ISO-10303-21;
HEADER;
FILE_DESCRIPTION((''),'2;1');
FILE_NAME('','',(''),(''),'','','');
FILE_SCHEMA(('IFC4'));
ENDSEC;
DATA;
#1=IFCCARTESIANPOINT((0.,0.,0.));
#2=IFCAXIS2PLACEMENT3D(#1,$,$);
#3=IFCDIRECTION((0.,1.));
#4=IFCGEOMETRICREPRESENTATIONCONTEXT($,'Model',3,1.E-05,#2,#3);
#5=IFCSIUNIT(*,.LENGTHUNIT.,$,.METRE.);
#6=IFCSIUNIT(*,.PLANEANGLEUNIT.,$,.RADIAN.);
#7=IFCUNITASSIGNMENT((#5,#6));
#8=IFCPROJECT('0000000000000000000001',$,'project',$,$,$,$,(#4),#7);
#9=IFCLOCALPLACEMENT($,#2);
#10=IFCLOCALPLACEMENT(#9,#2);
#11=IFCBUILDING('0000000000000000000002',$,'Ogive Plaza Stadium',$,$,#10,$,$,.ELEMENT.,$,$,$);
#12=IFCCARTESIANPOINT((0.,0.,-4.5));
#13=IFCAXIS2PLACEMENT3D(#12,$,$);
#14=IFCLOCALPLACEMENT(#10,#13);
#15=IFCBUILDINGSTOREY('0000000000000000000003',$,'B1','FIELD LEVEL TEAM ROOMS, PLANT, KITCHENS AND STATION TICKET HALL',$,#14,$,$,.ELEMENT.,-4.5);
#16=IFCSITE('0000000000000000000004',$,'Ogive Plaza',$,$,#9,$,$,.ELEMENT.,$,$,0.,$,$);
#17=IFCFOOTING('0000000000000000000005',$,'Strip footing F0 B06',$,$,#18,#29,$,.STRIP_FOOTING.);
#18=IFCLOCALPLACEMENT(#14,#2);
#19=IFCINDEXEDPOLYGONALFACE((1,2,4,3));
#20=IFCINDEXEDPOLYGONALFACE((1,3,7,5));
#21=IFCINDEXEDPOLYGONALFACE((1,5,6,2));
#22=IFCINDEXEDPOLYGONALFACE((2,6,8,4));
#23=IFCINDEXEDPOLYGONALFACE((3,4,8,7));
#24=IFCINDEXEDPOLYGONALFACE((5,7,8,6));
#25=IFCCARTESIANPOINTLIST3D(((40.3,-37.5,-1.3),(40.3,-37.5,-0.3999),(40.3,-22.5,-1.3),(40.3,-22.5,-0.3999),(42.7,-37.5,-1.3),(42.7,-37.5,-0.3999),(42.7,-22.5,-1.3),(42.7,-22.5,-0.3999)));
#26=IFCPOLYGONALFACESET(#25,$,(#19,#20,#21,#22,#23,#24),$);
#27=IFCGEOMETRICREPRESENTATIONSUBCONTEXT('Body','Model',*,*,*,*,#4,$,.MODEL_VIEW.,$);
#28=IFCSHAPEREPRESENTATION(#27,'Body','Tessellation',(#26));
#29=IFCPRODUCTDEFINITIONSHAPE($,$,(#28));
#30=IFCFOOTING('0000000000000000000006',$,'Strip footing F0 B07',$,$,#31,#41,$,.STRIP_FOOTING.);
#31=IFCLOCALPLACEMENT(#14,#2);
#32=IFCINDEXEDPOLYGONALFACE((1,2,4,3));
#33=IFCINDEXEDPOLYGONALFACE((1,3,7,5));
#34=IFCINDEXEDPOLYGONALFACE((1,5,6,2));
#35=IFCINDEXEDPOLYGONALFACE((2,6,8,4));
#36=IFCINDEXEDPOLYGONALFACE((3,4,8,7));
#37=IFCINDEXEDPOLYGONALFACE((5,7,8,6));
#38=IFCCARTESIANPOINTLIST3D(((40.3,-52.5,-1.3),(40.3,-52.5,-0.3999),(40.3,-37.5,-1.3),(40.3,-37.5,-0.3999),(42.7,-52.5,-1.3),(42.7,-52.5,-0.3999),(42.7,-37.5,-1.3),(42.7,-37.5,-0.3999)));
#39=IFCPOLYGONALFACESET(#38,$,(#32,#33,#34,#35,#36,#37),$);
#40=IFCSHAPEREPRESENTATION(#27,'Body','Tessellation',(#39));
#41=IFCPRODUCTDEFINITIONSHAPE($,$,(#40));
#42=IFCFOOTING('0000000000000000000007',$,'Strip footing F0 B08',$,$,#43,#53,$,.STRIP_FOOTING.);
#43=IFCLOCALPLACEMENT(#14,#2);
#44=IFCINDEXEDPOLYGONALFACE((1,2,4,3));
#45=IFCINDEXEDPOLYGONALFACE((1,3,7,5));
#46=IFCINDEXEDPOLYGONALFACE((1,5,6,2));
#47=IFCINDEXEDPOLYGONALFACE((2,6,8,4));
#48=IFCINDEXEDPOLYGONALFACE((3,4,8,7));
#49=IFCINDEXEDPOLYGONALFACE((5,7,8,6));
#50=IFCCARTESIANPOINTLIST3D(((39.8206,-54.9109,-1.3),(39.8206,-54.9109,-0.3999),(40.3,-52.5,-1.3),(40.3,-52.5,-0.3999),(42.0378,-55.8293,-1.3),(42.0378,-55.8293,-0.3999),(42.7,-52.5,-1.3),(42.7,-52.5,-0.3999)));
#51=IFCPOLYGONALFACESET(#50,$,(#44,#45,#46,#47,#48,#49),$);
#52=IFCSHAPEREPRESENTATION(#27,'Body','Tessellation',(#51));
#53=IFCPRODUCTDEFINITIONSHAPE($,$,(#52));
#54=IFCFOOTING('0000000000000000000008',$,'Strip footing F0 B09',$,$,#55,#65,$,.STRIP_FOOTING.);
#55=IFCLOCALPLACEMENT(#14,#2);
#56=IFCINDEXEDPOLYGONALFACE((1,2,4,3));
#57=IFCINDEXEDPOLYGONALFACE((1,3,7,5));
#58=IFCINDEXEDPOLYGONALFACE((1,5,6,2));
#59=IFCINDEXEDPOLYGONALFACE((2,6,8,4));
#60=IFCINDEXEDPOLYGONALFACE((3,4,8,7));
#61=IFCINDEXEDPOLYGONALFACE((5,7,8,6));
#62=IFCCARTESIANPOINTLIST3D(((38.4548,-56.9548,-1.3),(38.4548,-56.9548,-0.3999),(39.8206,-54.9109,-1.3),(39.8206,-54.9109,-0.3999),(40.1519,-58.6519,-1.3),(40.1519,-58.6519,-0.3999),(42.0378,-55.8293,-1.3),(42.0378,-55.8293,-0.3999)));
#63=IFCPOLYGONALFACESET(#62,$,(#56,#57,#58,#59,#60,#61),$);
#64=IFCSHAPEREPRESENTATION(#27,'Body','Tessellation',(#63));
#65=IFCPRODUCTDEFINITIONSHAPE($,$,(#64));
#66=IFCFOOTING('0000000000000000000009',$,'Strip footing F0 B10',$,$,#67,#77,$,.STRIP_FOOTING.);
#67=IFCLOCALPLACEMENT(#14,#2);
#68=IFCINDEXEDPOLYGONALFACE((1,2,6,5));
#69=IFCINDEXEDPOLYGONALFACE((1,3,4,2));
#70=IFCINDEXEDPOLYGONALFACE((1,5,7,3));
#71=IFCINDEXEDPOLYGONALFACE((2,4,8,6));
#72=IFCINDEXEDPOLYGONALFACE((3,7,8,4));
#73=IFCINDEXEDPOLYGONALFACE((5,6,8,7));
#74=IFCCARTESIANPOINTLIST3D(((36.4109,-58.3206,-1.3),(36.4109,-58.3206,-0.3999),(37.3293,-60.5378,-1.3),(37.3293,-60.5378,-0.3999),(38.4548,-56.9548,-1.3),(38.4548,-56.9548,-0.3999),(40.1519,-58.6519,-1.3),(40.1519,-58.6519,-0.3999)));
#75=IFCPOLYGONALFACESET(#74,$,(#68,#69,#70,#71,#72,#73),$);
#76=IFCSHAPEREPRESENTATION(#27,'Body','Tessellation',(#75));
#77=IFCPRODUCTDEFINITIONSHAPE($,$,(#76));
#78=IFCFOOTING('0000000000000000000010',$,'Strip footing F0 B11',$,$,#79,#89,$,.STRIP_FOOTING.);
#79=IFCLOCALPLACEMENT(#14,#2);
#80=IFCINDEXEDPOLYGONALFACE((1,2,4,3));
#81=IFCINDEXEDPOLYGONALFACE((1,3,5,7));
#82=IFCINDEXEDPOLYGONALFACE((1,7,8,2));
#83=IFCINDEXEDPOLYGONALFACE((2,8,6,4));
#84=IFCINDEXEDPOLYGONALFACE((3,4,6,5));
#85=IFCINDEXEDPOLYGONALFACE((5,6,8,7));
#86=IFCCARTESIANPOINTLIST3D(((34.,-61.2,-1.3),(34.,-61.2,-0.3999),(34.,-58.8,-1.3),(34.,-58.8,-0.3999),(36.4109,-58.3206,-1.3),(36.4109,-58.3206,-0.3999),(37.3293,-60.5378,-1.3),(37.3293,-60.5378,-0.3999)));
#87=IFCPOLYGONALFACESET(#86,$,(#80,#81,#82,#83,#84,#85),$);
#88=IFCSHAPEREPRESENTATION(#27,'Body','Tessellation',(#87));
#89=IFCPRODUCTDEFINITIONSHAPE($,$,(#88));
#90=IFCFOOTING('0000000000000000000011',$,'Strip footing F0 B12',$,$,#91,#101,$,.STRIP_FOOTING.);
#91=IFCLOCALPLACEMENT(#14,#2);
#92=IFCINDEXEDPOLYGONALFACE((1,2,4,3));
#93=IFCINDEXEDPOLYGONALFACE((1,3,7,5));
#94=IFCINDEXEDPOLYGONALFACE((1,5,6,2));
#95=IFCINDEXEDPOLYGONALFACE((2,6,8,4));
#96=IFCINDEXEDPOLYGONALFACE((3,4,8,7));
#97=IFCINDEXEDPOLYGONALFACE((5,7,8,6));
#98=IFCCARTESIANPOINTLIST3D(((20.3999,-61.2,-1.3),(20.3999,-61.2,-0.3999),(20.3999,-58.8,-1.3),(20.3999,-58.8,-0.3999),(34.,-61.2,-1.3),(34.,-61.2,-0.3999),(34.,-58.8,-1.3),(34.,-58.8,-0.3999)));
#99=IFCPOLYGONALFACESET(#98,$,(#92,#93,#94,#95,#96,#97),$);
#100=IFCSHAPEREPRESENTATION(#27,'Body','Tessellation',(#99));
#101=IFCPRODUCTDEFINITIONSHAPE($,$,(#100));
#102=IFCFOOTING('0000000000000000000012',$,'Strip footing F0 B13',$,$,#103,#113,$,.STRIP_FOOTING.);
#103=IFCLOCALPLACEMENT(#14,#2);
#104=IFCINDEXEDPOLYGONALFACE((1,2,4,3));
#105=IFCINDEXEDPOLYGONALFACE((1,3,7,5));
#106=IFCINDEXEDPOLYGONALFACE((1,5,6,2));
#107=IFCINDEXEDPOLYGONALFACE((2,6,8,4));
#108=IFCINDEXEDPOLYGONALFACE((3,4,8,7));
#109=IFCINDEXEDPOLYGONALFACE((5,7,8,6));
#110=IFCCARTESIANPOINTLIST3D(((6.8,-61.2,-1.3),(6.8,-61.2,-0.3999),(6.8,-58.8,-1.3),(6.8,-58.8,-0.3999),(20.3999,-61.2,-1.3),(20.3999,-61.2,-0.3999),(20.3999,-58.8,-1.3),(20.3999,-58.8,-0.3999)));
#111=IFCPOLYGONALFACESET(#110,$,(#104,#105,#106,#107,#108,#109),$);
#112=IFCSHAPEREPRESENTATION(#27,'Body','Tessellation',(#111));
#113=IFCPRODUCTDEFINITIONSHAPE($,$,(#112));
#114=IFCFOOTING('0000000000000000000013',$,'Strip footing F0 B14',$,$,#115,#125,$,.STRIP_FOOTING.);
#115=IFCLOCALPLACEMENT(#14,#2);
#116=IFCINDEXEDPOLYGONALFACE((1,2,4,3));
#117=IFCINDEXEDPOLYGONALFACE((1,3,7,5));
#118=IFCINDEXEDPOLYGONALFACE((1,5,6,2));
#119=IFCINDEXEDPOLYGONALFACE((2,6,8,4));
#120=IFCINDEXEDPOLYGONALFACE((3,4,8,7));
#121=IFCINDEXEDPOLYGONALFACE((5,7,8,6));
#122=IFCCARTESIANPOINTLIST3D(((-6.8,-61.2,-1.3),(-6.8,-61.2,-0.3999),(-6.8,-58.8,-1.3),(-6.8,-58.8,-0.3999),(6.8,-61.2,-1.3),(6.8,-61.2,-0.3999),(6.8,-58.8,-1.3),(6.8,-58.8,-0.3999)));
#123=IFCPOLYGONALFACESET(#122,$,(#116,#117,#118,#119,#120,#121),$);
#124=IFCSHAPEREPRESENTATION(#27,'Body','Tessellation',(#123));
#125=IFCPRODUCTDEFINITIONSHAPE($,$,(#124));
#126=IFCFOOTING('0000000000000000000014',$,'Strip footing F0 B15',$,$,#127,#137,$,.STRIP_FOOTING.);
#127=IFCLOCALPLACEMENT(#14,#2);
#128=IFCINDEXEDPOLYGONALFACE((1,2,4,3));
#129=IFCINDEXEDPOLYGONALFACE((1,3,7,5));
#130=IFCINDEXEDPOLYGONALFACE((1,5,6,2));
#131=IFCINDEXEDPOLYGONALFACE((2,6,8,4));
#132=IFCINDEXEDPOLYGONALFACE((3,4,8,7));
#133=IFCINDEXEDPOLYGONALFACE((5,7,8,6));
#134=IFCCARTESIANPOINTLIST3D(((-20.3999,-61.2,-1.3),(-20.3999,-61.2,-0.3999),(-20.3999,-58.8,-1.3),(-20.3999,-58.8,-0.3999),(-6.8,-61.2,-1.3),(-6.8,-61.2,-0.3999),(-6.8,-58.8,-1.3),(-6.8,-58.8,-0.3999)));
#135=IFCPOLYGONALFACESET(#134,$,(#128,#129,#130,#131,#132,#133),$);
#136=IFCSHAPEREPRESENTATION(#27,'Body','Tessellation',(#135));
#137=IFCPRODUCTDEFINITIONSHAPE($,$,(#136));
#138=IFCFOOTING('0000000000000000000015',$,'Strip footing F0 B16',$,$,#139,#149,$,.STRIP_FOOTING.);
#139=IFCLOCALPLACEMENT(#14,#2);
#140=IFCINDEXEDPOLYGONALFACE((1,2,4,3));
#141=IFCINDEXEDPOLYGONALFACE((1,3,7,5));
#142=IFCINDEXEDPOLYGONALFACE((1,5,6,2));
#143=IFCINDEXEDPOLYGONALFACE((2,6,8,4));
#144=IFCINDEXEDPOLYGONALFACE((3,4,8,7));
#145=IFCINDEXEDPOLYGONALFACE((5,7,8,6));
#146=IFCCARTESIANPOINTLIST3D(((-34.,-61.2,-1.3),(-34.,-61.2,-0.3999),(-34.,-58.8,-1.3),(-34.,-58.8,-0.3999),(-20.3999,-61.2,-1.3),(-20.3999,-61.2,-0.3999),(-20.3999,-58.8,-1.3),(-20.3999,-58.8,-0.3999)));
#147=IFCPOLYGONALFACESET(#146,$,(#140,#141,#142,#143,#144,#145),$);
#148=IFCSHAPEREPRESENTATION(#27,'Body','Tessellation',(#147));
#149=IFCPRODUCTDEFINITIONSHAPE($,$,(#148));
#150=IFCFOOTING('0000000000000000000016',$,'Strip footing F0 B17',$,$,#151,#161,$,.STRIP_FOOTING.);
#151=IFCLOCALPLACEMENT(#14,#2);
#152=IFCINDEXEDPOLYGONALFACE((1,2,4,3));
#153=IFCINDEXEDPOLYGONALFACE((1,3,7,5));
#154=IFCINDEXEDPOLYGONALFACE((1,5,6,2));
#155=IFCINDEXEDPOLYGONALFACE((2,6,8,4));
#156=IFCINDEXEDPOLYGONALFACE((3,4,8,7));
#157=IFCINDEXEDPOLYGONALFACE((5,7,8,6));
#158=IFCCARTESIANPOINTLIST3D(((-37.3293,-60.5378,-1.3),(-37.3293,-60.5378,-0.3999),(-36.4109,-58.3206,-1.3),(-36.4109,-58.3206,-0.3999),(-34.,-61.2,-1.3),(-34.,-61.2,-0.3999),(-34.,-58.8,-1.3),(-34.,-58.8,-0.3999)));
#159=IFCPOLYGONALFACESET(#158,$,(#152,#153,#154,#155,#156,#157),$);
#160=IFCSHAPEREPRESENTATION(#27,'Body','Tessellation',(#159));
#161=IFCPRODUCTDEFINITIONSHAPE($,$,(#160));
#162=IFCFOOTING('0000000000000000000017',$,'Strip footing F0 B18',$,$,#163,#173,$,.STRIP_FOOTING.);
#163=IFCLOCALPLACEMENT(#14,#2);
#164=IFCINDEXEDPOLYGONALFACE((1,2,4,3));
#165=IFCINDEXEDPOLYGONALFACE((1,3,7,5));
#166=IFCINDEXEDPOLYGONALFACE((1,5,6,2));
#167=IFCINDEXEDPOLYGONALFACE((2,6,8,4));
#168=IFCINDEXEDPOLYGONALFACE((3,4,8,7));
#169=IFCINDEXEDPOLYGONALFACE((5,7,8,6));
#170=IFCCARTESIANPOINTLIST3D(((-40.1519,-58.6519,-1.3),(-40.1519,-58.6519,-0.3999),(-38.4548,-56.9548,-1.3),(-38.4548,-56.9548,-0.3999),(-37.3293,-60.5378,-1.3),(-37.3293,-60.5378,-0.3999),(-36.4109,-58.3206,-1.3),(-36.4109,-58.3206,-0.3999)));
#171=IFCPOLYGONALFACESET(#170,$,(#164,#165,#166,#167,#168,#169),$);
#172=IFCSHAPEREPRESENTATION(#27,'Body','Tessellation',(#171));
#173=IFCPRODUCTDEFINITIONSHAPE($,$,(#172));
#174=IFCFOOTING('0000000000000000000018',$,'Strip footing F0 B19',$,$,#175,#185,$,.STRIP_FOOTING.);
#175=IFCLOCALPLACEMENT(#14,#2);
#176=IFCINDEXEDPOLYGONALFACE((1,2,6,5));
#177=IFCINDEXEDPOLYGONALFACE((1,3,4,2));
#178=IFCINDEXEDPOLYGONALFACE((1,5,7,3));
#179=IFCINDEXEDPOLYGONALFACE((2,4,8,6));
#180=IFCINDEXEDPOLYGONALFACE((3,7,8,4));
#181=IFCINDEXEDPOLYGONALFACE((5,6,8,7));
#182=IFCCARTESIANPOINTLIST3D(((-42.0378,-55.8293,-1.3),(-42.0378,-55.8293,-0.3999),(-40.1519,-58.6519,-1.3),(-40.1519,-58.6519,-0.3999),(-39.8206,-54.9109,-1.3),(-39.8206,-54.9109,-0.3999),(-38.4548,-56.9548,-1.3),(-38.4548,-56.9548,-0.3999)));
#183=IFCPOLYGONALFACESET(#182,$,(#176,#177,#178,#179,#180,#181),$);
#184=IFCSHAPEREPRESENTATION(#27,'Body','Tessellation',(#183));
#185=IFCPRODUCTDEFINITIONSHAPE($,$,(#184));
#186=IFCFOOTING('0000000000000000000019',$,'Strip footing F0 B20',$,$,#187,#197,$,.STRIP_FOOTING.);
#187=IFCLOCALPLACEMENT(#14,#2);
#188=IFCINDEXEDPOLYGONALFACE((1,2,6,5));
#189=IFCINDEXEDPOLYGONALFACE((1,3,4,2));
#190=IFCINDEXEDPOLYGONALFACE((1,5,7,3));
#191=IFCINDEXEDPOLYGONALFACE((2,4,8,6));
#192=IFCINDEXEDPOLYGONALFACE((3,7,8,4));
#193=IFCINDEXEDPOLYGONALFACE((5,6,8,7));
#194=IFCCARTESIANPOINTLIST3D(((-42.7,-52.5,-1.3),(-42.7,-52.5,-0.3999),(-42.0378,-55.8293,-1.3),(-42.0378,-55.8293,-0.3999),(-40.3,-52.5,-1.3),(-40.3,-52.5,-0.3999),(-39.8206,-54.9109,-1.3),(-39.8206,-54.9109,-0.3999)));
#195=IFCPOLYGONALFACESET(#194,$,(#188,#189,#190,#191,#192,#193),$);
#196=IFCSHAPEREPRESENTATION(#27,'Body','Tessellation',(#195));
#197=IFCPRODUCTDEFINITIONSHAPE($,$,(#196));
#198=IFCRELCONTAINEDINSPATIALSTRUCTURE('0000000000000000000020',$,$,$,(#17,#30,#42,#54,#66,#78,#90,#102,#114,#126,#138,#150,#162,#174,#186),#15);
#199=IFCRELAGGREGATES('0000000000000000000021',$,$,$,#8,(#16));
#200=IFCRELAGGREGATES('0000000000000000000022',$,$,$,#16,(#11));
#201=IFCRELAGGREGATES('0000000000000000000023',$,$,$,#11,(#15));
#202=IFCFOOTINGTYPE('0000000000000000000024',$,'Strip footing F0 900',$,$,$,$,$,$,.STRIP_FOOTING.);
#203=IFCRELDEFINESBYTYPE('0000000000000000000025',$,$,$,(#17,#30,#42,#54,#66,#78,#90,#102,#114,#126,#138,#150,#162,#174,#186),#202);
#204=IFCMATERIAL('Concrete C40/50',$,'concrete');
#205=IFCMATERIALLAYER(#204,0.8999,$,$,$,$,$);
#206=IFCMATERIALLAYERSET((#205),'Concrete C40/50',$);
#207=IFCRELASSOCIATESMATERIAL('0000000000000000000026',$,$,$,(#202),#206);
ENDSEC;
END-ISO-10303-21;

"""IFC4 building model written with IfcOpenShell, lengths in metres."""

from ifc_helpers import new_model, si_unit, direction, frame, origin, place, context, subcontext, project, spatial, polyline, outline, extrude, material, layer, layer_set, type_object, element, save


model = new_model("IFC4")

# Units and contexts
model_context = context("Model", 3, precision=1e-05, world=origin(), true_north=direction((0.0, 1.0)))
body_context = subcontext(model_context, "Body", "Model", "MODEL_VIEW")
ifc_project = project(units=[si_unit("LENGTHUNIT", "METRE"), si_unit("PLANEANGLEUNIT", "RADIAN")], contexts=[model_context])

# Site, building, storey
site_placement = place(None, origin())
site = spatial("IfcSite", under=ifc_project, at=site_placement, Name="Ogive Plaza", CompositionType="ELEMENT", RefElevation=0.0)
building_placement = place(site_placement, origin())
building = spatial("IfcBuilding", under=site, at=building_placement, Name="Ogive Plaza Stadium", CompositionType="ELEMENT")
storey_placement = place(building_placement, frame((0.0, 0.0, -4.5)))
storey = spatial("IfcBuildingStorey", under=building, at=storey_placement, Name="B1", Description="FIELD LEVEL TEAM ROOMS, PLANT, KITCHENS AND STATION TICKET HALL", CompositionType="ELEMENT", Elevation=-4.5)

# Footings
ifc_material_1 = material(Name="Concrete C40/50", Category="concrete")
ifc_layer = layer(ifc_material_1, 0.8999)
ifc_layer_set = layer_set([ifc_layer], Name="Concrete C40/50")
footing_type = type_object("IfcFootingType", Name="Strip footing F0 900", PredefinedType="STRIP_FOOTING", material=ifc_layer_set)
footing_1_placement = place(storey_placement, frame((0.0, 0.0, -1.3)))
element("IfcFooting", 1, at=footing_1_placement, inside=storey, type_object=footing_type, Name="Strip footing F0 B06", PredefinedType="STRIP_FOOTING", context=body_context, shape_type="SweptSolid", body=[
    extrude(outline(polyline([(40.3, -37.5), (42.7, -37.5), (42.7, -22.5), (40.3, -22.5), (40.3, -37.5)])), origin(), (0.0, 0.0, 1.0), 0.9001),
])
footing_2_placement = place(storey_placement, frame((0.0, 0.0, -1.3)))
element("IfcFooting", 2, at=footing_2_placement, inside=storey, type_object=footing_type, Name="Strip footing F0 B07", PredefinedType="STRIP_FOOTING", context=body_context, shape_type="SweptSolid", body=[
    extrude(outline(polyline([(40.3, -52.5), (42.7, -52.5), (42.7, -37.5), (40.3, -37.5), (40.3, -52.5)])), origin(), (0.0, 0.0, 1.0), 0.9001),
])
footing_3_placement = place(storey_placement, frame((0.0, 0.0, -1.3)))
element("IfcFooting", 3, at=footing_3_placement, inside=storey, type_object=footing_type, Name="Strip footing F0 B08", PredefinedType="STRIP_FOOTING", context=body_context, shape_type="SweptSolid", body=[
    extrude(outline(polyline([(39.8206, -54.9109), (42.0378, -55.8293), (42.7, -52.5), (40.3, -52.5), (39.8206, -54.9109)])), origin(), (0.0, 0.0, 1.0), 0.9001),
])
footing_4_placement = place(storey_placement, frame((0.0, 0.0, -1.3)))
element("IfcFooting", 4, at=footing_4_placement, inside=storey, type_object=footing_type, Name="Strip footing F0 B09", PredefinedType="STRIP_FOOTING", context=body_context, shape_type="SweptSolid", body=[
    extrude(outline(polyline([(38.4548, -56.9548), (40.1519, -58.6519), (42.0378, -55.8293), (39.8206, -54.9109), (38.4548, -56.9548)])), origin(), (0.0, 0.0, 1.0), 0.9001),
])
footing_5_placement = place(storey_placement, frame((0.0, 0.0, -1.3)))
element("IfcFooting", 5, at=footing_5_placement, inside=storey, type_object=footing_type, Name="Strip footing F0 B10", PredefinedType="STRIP_FOOTING", context=body_context, shape_type="SweptSolid", body=[
    extrude(outline(polyline([(36.4109, -58.3206), (37.3293, -60.5378), (40.1519, -58.6519), (38.4548, -56.9548), (36.4109, -58.3206)])), origin(), (0.0, 0.0, 1.0), 0.9001),
])
footing_6_placement = place(storey_placement, frame((0.0, 0.0, -1.3)))
element("IfcFooting", 6, at=footing_6_placement, inside=storey, type_object=footing_type, Name="Strip footing F0 B11", PredefinedType="STRIP_FOOTING", context=body_context, shape_type="SweptSolid", body=[
    extrude(outline(polyline([(34.0, -58.8), (34.0, -61.2), (37.3293, -60.5378), (36.4109, -58.3206), (34.0, -58.8)])), origin(), (0.0, 0.0, 1.0), 0.9001),
])
footing_7_placement = place(storey_placement, frame((0.0, 0.0, -1.3)))
element("IfcFooting", 7, at=footing_7_placement, inside=storey, type_object=footing_type, Name="Strip footing F0 B12", PredefinedType="STRIP_FOOTING", context=body_context, shape_type="SweptSolid", body=[
    extrude(outline(polyline([(20.3999, -58.8), (20.3999, -61.2), (34.0, -61.2), (34.0, -58.8), (20.3999, -58.8)])), origin(), (0.0, 0.0, 1.0), 0.9001),
])
footing_8_placement = place(storey_placement, frame((0.0, 0.0, -1.3)))
element("IfcFooting", 8, at=footing_8_placement, inside=storey, type_object=footing_type, Name="Strip footing F0 B13", PredefinedType="STRIP_FOOTING", context=body_context, shape_type="SweptSolid", body=[
    extrude(outline(polyline([(6.8, -58.8), (6.8, -61.2), (20.3999, -61.2), (20.3999, -58.8), (6.8, -58.8)])), origin(), (0.0, 0.0, 1.0), 0.9001),
])
footing_9_placement = place(storey_placement, frame((0.0, 0.0, -1.3)))
element("IfcFooting", 9, at=footing_9_placement, inside=storey, type_object=footing_type, Name="Strip footing F0 B14", PredefinedType="STRIP_FOOTING", context=body_context, shape_type="SweptSolid", body=[
    extrude(outline(polyline([(-6.8, -58.8), (-6.8, -61.2), (6.8, -61.2), (6.8, -58.8), (-6.8, -58.8)])), origin(), (0.0, 0.0, 1.0), 0.9001),
])
footing_10_placement = place(storey_placement, frame((0.0, 0.0, -1.3)))
element("IfcFooting", 10, at=footing_10_placement, inside=storey, type_object=footing_type, Name="Strip footing F0 B15", PredefinedType="STRIP_FOOTING", context=body_context, shape_type="SweptSolid", body=[
    extrude(outline(polyline([(-20.3999, -58.8), (-20.3999, -61.2), (-6.8, -61.2), (-6.8, -58.8), (-20.3999, -58.8)])), origin(), (0.0, 0.0, 1.0), 0.9001),
])
footing_11_placement = place(storey_placement, frame((0.0, 0.0, -1.3)))
element("IfcFooting", 11, at=footing_11_placement, inside=storey, type_object=footing_type, Name="Strip footing F0 B16", PredefinedType="STRIP_FOOTING", context=body_context, shape_type="SweptSolid", body=[
    extrude(outline(polyline([(-34.0, -58.8), (-34.0, -61.2), (-20.3999, -61.2), (-20.3999, -58.8), (-34.0, -58.8)])), origin(), (0.0, 0.0, 1.0), 0.9001),
])
footing_12_placement = place(storey_placement, frame((0.0, 0.0, -1.3)))
element("IfcFooting", 12, at=footing_12_placement, inside=storey, type_object=footing_type, Name="Strip footing F0 B17", PredefinedType="STRIP_FOOTING", context=body_context, shape_type="SweptSolid", body=[
    extrude(outline(polyline([(-36.4109, -58.3206), (-37.3293, -60.5378), (-34.0, -61.2), (-34.0, -58.8), (-36.4109, -58.3206)])), origin(), (0.0, 0.0, 1.0), 0.9001),
])
footing_13_placement = place(storey_placement, frame((0.0, 0.0, -1.3)))
element("IfcFooting", 13, at=footing_13_placement, inside=storey, type_object=footing_type, Name="Strip footing F0 B18", PredefinedType="STRIP_FOOTING", context=body_context, shape_type="SweptSolid", body=[
    extrude(outline(polyline([(-38.4548, -56.9548), (-40.1519, -58.6519), (-37.3293, -60.5378), (-36.4109, -58.3206), (-38.4548, -56.9548)])), origin(), (0.0, 0.0, 1.0), 0.9001),
])
footing_14_placement = place(storey_placement, frame((0.0, 0.0, -1.3)))
element("IfcFooting", 14, at=footing_14_placement, inside=storey, type_object=footing_type, Name="Strip footing F0 B19", PredefinedType="STRIP_FOOTING", context=body_context, shape_type="SweptSolid", body=[
    extrude(outline(polyline([(-39.8206, -54.9109), (-42.0378, -55.8293), (-40.1519, -58.6519), (-38.4548, -56.9548), (-39.8206, -54.9109)])), origin(), (0.0, 0.0, 1.0), 0.9001),
])
footing_15_placement = place(storey_placement, frame((0.0, 0.0, -1.3)))
element("IfcFooting", 15, at=footing_15_placement, inside=storey, type_object=footing_type, Name="Strip footing F0 B20", PredefinedType="STRIP_FOOTING", context=body_context, shape_type="SweptSolid", body=[
    extrude(outline(polyline([(-40.3, -52.5), (-42.7, -52.5), (-42.0378, -55.8293), (-39.8206, -54.9109), (-40.3, -52.5)])), origin(), (0.0, 0.0, 1.0), 0.9001),
])

save(model, "model.ifc")
